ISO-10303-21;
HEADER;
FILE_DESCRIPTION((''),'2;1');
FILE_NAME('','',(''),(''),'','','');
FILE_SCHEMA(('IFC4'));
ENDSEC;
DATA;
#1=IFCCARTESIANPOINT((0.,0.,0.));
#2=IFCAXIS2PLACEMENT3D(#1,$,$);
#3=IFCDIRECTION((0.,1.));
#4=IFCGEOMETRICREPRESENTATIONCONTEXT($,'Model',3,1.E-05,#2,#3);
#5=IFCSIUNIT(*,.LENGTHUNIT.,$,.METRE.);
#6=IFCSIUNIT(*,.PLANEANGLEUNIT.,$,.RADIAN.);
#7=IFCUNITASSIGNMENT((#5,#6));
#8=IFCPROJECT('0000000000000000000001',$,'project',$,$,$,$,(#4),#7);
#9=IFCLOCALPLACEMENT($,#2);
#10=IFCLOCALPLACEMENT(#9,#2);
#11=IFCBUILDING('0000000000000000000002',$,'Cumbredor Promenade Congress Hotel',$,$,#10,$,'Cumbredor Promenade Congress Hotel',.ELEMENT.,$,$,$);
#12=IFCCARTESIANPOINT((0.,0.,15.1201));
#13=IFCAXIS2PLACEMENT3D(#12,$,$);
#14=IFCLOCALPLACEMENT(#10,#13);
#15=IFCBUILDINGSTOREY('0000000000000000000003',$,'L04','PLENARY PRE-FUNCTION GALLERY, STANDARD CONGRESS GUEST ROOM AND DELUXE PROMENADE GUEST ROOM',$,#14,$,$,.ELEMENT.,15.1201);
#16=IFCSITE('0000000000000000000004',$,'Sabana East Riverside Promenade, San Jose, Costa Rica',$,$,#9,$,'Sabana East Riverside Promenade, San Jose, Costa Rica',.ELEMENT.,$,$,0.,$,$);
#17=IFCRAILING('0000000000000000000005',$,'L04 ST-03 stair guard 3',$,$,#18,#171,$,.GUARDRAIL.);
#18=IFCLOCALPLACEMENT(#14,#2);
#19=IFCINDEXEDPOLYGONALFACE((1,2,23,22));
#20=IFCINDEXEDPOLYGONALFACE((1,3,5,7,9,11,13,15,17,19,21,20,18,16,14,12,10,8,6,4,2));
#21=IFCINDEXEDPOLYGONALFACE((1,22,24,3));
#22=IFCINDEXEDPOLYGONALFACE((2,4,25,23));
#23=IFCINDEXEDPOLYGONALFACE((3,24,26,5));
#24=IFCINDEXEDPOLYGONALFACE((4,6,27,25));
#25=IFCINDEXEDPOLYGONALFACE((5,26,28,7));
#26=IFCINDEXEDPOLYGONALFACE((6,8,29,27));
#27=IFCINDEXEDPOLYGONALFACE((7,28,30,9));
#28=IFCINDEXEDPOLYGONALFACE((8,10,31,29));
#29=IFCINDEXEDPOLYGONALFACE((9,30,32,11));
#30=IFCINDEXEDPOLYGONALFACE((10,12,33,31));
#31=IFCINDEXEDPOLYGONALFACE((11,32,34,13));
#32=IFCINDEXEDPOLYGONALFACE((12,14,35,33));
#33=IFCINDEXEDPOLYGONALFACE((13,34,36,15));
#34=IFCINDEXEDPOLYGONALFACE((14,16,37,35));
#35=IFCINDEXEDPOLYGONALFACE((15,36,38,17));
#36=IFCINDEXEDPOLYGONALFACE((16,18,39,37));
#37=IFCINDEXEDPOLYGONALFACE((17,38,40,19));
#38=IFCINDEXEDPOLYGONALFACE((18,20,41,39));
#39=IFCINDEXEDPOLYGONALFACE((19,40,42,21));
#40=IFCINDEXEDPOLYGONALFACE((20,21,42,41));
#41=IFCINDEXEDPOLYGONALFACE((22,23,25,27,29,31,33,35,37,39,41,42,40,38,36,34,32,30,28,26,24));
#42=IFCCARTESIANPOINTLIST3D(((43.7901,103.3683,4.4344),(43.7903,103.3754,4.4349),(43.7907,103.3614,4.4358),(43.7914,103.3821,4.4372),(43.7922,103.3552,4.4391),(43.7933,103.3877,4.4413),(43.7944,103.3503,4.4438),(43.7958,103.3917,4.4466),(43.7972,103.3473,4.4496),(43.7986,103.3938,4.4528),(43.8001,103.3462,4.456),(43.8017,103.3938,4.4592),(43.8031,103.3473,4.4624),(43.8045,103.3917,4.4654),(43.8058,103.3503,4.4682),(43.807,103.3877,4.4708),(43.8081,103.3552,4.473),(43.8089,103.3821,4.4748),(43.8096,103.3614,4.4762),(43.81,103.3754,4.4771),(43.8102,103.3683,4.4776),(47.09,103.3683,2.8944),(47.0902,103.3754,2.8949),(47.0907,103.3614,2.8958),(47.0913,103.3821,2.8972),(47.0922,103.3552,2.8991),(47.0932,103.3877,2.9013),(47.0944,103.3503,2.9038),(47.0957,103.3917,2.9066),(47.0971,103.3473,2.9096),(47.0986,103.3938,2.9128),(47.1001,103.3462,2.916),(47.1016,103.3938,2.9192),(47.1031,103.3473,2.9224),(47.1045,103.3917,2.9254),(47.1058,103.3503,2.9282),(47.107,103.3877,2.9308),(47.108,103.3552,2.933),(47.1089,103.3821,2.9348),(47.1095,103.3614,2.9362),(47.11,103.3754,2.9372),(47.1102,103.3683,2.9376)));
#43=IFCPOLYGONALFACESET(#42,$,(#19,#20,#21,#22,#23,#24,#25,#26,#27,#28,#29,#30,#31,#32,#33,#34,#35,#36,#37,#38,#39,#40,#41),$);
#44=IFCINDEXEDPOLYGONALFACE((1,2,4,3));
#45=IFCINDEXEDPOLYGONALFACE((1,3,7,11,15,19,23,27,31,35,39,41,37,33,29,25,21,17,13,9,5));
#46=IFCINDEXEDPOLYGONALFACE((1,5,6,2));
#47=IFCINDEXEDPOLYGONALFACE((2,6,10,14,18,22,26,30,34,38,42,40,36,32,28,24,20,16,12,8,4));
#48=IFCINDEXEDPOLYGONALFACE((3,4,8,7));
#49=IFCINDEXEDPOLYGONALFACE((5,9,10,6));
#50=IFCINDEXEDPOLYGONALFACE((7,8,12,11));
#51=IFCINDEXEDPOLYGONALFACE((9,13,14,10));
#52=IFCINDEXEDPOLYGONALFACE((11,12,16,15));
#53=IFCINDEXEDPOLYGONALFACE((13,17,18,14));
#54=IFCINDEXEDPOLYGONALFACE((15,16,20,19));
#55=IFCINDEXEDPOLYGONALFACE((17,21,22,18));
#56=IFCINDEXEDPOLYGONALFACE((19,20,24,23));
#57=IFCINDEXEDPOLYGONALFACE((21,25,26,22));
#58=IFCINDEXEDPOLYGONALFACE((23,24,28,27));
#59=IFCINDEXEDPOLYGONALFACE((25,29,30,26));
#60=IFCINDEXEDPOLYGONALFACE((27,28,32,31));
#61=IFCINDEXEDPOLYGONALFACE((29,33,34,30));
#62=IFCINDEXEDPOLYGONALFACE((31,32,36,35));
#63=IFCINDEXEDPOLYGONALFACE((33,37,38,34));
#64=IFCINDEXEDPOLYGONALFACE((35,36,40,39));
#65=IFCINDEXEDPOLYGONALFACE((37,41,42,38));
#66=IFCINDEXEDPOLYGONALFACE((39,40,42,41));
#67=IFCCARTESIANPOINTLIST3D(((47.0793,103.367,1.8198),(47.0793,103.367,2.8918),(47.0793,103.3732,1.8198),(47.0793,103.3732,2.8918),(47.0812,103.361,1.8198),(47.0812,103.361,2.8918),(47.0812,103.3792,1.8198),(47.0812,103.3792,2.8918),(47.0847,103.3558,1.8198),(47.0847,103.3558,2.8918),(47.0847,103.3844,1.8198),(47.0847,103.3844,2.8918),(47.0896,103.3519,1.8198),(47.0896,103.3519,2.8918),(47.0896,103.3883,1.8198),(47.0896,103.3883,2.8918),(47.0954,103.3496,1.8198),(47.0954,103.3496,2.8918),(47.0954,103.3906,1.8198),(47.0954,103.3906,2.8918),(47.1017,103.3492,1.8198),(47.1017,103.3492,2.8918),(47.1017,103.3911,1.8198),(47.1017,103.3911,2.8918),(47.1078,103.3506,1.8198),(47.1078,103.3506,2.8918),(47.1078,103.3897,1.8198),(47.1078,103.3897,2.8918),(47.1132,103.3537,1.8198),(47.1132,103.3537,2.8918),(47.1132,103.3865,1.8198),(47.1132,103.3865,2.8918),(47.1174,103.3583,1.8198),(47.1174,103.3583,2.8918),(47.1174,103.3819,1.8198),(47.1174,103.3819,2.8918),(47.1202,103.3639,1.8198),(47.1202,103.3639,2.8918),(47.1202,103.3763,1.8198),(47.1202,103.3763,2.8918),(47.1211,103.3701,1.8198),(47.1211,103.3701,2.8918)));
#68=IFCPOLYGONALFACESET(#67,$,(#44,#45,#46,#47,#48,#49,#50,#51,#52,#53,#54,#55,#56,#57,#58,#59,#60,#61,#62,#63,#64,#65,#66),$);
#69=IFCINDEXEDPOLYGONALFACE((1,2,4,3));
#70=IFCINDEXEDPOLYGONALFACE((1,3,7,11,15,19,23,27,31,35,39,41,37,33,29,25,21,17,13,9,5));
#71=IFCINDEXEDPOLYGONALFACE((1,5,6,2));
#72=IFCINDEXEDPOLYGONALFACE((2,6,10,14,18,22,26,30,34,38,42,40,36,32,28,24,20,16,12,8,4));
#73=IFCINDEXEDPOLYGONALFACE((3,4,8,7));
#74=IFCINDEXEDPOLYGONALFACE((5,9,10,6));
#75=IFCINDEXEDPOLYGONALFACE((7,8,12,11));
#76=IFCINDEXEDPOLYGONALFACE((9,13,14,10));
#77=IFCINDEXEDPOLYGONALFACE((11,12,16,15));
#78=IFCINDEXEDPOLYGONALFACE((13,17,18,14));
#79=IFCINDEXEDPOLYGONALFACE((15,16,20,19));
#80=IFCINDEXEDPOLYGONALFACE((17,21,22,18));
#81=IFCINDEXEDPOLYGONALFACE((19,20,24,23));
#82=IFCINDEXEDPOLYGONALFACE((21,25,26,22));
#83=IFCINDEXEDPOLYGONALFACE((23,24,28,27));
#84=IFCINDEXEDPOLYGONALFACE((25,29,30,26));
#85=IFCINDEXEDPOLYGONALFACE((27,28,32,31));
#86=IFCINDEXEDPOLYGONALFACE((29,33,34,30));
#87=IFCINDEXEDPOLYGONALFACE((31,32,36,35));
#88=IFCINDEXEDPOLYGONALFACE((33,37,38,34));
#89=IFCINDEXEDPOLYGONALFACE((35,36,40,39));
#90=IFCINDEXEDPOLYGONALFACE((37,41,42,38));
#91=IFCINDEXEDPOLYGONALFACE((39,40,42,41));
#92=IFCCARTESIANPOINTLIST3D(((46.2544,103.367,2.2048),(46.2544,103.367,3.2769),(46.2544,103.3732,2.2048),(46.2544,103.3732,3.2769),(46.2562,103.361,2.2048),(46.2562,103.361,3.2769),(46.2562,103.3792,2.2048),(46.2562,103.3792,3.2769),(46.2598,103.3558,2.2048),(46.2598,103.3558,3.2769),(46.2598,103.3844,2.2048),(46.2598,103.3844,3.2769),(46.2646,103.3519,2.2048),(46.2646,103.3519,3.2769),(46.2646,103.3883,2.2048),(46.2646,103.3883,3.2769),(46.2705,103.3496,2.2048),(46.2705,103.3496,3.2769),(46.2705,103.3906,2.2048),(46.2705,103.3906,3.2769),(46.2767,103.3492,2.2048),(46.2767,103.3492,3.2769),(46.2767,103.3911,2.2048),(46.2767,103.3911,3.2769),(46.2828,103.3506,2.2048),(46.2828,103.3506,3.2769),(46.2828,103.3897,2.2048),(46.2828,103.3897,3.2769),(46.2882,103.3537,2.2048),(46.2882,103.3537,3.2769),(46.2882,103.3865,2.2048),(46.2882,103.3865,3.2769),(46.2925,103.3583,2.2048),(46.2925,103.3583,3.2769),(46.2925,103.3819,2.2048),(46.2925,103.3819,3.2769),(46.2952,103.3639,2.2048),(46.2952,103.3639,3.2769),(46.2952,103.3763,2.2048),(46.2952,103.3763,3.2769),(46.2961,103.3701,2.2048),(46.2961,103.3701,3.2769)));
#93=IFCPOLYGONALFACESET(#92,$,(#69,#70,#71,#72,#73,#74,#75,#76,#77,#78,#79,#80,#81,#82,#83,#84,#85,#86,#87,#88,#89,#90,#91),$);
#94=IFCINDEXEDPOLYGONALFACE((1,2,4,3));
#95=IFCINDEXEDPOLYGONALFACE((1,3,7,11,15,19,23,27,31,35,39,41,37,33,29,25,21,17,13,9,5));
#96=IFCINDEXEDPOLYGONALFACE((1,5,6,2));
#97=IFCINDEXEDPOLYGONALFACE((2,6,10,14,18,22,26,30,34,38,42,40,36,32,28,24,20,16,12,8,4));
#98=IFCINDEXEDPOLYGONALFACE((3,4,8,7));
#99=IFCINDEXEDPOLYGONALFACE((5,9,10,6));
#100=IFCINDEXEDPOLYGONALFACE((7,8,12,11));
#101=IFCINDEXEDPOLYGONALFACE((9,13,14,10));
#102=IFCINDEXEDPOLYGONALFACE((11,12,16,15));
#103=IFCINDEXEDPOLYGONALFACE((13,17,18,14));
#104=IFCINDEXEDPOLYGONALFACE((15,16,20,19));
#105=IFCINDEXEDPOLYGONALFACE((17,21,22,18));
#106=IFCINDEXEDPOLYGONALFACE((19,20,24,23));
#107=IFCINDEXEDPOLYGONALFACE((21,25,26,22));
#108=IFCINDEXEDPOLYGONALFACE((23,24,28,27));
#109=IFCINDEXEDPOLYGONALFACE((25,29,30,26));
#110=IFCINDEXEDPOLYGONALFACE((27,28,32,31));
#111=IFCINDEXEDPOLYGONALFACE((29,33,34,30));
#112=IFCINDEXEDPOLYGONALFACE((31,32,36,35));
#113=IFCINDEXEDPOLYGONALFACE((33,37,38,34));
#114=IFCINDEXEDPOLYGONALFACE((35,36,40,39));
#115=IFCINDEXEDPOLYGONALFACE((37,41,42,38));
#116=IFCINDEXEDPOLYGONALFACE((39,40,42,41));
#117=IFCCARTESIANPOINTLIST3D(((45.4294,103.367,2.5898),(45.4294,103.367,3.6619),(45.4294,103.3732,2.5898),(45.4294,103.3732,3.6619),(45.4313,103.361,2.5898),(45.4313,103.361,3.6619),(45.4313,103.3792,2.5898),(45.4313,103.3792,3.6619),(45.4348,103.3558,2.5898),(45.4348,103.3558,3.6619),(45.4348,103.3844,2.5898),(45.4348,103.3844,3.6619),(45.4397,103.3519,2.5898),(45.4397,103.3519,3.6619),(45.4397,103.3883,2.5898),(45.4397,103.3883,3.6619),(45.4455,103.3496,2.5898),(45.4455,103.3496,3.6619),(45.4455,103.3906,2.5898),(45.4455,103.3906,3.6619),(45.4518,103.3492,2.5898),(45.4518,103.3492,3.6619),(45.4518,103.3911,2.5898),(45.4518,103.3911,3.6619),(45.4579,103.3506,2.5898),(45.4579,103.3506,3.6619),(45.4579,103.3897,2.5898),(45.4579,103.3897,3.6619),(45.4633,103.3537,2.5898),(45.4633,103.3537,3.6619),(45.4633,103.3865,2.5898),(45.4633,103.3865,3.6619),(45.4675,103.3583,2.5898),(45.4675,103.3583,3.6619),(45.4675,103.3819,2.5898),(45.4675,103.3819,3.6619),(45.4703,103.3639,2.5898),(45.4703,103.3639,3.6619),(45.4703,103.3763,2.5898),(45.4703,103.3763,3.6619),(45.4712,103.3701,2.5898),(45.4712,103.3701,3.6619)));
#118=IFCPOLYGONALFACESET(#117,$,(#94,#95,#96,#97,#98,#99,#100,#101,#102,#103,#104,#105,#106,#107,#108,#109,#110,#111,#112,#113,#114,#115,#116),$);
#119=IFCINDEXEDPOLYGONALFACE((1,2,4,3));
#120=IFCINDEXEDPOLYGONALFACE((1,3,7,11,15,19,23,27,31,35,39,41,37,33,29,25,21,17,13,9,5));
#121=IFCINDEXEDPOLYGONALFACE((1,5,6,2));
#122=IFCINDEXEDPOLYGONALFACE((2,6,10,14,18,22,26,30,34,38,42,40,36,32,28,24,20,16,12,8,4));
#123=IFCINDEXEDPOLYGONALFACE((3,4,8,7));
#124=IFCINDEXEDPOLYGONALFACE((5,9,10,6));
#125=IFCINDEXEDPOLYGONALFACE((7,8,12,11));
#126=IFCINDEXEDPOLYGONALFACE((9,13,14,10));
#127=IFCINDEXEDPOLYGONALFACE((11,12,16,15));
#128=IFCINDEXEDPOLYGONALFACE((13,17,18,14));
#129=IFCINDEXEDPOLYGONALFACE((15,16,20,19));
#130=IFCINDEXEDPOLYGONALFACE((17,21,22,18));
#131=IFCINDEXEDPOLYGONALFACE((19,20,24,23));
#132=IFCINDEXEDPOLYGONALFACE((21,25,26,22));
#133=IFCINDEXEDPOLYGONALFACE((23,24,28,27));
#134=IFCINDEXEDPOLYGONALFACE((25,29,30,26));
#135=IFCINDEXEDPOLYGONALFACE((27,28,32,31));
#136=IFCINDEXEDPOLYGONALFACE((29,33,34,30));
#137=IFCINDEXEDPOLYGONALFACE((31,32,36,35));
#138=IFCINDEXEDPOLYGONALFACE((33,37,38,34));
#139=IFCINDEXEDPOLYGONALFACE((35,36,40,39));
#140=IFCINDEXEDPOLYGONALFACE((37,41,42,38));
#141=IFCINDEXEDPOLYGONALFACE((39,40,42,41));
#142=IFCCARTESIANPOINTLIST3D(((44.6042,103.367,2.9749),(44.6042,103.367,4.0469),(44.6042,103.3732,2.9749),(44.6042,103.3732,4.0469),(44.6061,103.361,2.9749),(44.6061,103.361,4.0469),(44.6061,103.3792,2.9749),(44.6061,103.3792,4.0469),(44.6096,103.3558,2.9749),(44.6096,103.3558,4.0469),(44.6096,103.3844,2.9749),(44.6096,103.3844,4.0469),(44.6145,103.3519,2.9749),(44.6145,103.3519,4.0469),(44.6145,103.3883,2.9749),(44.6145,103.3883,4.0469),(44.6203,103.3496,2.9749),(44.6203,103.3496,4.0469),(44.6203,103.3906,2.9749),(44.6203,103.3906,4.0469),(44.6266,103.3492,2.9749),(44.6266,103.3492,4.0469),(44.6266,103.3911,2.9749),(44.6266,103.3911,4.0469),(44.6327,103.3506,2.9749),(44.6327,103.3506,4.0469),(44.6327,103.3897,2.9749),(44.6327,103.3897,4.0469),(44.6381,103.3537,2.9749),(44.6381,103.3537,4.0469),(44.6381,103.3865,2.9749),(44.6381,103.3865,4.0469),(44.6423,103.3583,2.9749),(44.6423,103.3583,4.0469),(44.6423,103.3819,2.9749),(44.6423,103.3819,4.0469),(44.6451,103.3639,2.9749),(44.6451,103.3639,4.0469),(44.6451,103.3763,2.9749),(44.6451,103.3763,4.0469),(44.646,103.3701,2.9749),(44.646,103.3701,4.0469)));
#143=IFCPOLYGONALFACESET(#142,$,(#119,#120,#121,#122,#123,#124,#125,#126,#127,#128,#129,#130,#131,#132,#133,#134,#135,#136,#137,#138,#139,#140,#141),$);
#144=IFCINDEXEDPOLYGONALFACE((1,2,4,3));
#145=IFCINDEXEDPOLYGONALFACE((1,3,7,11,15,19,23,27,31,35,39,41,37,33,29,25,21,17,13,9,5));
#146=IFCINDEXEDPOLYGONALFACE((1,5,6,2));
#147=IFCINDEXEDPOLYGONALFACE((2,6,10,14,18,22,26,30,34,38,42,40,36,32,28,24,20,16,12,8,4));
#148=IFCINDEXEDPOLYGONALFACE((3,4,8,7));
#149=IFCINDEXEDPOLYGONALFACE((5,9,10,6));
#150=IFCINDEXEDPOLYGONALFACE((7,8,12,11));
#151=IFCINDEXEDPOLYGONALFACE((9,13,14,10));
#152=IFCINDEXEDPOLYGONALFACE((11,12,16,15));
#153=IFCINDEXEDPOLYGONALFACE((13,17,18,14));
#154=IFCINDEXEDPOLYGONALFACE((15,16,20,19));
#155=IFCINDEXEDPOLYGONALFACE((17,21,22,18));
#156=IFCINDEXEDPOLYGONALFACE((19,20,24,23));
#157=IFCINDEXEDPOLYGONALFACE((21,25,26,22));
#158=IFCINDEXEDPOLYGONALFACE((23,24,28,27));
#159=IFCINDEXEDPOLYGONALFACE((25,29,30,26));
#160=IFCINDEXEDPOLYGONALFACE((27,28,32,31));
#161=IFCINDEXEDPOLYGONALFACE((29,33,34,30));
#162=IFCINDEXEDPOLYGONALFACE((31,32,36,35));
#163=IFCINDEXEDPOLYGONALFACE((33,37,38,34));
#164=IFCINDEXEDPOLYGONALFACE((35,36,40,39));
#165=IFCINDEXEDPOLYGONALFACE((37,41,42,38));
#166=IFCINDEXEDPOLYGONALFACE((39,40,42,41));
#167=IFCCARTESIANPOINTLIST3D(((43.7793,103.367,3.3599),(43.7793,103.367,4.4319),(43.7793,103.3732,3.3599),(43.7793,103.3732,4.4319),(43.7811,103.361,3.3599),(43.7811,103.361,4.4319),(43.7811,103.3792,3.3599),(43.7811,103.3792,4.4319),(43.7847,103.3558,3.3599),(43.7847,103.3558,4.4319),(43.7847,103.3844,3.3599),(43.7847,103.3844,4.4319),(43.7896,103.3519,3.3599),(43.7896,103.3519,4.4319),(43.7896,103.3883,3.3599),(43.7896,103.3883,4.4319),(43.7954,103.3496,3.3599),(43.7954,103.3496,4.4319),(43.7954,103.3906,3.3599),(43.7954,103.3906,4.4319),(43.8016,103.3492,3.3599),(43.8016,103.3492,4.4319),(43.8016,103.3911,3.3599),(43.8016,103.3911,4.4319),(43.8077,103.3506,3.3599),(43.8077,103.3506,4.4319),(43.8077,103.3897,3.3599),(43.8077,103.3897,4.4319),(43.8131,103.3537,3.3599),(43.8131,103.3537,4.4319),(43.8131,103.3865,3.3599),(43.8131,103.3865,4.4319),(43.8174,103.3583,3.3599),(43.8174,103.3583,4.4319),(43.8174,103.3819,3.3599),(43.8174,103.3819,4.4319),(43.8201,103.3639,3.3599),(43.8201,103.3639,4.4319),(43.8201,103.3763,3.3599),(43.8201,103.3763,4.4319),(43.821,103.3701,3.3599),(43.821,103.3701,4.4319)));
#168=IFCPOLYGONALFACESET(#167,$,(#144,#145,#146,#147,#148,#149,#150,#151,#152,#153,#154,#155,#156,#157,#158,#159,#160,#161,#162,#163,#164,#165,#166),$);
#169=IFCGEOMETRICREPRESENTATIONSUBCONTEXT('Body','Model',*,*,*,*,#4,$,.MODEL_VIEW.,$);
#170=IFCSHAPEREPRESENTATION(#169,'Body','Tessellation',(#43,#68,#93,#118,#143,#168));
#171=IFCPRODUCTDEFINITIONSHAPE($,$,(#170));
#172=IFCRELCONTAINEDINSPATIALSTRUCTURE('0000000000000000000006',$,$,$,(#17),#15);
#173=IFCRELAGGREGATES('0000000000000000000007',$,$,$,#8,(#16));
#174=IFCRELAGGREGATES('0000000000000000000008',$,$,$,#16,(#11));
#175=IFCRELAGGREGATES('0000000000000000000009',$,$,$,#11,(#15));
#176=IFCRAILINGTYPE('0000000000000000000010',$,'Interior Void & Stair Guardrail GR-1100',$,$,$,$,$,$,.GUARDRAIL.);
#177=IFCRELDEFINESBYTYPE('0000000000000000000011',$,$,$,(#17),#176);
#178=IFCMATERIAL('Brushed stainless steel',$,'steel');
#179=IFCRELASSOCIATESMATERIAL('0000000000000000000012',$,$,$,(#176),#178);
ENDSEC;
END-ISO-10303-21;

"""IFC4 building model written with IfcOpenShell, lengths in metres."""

from ifc_helpers import new_model, si_unit, direction, frame, origin, origin_2d, place, context, subcontext, project, spatial, circle, extrude, material, type_object, element, save


model = new_model("IFC4")

# Units and contexts
model_context = context("Model", 3, precision=1e-05, world=origin(), true_north=direction((0.0, 1.0)))
body_context = subcontext(model_context, "Body", "Model", "MODEL_VIEW")
ifc_project = project(units=[si_unit("LENGTHUNIT", "METRE"), si_unit("PLANEANGLEUNIT", "RADIAN")], contexts=[model_context])

# Site, building, storey
site_placement = place(None, origin())
site = spatial("IfcSite", under=ifc_project, at=site_placement, Name="Sabana East Riverside Promenade, San Jose, Costa Rica", LongName="Sabana East Riverside Promenade, San Jose, Costa Rica", CompositionType="ELEMENT", RefElevation=0.0)
building_placement = place(site_placement, origin())
building = spatial("IfcBuilding", under=site, at=building_placement, Name="Cumbredor Promenade Congress Hotel", LongName="Cumbredor Promenade Congress Hotel", CompositionType="ELEMENT")
storey_placement = place(building_placement, frame((0.0, 0.0, 15.1201)))
storey = spatial("IfcBuildingStorey", under=building, at=storey_placement, Name="L04", Description="PLENARY PRE-FUNCTION GALLERY, STANDARD CONGRESS GUEST ROOM AND DELUXE PROMENADE GUEST ROOM", CompositionType="ELEMENT", Elevation=15.1201)

# Railing
ifc_material_1 = material(Name="Brushed stainless steel", Category="steel")
railing_type_1 = type_object("IfcRailingType", Name="Interior Void & Stair Guardrail GR-1100", PredefinedType="GUARDRAIL", material=ifc_material_1)
railing_1_placement = place(storey_placement, frame((47.1001, 103.3701, 1.8198)))
element("IfcRailing", 1, at=railing_1_placement, inside=storey, type_object=railing_type_1, Name="L04 ST-03 stair guard 3", PredefinedType="GUARDRAIL", context=body_context, shape_type="SweptSolid", body=[
    extrude(circle(Radius=0.0239, at=origin_2d()), frame((0.0, 0.0, 1.0962), z_axis=(-0.906181, 0.0, 0.422889), x_axis=(0.0, -1.0, 0.0)), (0.0, 0.0, 1.0), 3.6416),
    extrude(circle(Radius=0.021, at=origin_2d()), origin(), (0.0, 0.0, 1.0), 1.072),
    extrude(circle(Radius=0.021, at=origin_2d()), frame((-0.825, 0.0, 0.385)), (0.0, 0.0, 1.0), 1.072),
    extrude(circle(Radius=0.021, at=origin_2d()), frame((-1.6499, 0.0, 0.77)), (0.0, 0.0, 1.0), 1.072),
    extrude(circle(Radius=0.021, at=origin_2d()), frame((-2.4751, 0.0, 1.155)), (0.0, 0.0, 1.0), 1.072),
    extrude(circle(Radius=0.021, at=origin_2d()), frame((-3.3, 0.0, 1.54)), (0.0, 0.0, 1.0), 1.072),
])

save(model, "model.ifc")
